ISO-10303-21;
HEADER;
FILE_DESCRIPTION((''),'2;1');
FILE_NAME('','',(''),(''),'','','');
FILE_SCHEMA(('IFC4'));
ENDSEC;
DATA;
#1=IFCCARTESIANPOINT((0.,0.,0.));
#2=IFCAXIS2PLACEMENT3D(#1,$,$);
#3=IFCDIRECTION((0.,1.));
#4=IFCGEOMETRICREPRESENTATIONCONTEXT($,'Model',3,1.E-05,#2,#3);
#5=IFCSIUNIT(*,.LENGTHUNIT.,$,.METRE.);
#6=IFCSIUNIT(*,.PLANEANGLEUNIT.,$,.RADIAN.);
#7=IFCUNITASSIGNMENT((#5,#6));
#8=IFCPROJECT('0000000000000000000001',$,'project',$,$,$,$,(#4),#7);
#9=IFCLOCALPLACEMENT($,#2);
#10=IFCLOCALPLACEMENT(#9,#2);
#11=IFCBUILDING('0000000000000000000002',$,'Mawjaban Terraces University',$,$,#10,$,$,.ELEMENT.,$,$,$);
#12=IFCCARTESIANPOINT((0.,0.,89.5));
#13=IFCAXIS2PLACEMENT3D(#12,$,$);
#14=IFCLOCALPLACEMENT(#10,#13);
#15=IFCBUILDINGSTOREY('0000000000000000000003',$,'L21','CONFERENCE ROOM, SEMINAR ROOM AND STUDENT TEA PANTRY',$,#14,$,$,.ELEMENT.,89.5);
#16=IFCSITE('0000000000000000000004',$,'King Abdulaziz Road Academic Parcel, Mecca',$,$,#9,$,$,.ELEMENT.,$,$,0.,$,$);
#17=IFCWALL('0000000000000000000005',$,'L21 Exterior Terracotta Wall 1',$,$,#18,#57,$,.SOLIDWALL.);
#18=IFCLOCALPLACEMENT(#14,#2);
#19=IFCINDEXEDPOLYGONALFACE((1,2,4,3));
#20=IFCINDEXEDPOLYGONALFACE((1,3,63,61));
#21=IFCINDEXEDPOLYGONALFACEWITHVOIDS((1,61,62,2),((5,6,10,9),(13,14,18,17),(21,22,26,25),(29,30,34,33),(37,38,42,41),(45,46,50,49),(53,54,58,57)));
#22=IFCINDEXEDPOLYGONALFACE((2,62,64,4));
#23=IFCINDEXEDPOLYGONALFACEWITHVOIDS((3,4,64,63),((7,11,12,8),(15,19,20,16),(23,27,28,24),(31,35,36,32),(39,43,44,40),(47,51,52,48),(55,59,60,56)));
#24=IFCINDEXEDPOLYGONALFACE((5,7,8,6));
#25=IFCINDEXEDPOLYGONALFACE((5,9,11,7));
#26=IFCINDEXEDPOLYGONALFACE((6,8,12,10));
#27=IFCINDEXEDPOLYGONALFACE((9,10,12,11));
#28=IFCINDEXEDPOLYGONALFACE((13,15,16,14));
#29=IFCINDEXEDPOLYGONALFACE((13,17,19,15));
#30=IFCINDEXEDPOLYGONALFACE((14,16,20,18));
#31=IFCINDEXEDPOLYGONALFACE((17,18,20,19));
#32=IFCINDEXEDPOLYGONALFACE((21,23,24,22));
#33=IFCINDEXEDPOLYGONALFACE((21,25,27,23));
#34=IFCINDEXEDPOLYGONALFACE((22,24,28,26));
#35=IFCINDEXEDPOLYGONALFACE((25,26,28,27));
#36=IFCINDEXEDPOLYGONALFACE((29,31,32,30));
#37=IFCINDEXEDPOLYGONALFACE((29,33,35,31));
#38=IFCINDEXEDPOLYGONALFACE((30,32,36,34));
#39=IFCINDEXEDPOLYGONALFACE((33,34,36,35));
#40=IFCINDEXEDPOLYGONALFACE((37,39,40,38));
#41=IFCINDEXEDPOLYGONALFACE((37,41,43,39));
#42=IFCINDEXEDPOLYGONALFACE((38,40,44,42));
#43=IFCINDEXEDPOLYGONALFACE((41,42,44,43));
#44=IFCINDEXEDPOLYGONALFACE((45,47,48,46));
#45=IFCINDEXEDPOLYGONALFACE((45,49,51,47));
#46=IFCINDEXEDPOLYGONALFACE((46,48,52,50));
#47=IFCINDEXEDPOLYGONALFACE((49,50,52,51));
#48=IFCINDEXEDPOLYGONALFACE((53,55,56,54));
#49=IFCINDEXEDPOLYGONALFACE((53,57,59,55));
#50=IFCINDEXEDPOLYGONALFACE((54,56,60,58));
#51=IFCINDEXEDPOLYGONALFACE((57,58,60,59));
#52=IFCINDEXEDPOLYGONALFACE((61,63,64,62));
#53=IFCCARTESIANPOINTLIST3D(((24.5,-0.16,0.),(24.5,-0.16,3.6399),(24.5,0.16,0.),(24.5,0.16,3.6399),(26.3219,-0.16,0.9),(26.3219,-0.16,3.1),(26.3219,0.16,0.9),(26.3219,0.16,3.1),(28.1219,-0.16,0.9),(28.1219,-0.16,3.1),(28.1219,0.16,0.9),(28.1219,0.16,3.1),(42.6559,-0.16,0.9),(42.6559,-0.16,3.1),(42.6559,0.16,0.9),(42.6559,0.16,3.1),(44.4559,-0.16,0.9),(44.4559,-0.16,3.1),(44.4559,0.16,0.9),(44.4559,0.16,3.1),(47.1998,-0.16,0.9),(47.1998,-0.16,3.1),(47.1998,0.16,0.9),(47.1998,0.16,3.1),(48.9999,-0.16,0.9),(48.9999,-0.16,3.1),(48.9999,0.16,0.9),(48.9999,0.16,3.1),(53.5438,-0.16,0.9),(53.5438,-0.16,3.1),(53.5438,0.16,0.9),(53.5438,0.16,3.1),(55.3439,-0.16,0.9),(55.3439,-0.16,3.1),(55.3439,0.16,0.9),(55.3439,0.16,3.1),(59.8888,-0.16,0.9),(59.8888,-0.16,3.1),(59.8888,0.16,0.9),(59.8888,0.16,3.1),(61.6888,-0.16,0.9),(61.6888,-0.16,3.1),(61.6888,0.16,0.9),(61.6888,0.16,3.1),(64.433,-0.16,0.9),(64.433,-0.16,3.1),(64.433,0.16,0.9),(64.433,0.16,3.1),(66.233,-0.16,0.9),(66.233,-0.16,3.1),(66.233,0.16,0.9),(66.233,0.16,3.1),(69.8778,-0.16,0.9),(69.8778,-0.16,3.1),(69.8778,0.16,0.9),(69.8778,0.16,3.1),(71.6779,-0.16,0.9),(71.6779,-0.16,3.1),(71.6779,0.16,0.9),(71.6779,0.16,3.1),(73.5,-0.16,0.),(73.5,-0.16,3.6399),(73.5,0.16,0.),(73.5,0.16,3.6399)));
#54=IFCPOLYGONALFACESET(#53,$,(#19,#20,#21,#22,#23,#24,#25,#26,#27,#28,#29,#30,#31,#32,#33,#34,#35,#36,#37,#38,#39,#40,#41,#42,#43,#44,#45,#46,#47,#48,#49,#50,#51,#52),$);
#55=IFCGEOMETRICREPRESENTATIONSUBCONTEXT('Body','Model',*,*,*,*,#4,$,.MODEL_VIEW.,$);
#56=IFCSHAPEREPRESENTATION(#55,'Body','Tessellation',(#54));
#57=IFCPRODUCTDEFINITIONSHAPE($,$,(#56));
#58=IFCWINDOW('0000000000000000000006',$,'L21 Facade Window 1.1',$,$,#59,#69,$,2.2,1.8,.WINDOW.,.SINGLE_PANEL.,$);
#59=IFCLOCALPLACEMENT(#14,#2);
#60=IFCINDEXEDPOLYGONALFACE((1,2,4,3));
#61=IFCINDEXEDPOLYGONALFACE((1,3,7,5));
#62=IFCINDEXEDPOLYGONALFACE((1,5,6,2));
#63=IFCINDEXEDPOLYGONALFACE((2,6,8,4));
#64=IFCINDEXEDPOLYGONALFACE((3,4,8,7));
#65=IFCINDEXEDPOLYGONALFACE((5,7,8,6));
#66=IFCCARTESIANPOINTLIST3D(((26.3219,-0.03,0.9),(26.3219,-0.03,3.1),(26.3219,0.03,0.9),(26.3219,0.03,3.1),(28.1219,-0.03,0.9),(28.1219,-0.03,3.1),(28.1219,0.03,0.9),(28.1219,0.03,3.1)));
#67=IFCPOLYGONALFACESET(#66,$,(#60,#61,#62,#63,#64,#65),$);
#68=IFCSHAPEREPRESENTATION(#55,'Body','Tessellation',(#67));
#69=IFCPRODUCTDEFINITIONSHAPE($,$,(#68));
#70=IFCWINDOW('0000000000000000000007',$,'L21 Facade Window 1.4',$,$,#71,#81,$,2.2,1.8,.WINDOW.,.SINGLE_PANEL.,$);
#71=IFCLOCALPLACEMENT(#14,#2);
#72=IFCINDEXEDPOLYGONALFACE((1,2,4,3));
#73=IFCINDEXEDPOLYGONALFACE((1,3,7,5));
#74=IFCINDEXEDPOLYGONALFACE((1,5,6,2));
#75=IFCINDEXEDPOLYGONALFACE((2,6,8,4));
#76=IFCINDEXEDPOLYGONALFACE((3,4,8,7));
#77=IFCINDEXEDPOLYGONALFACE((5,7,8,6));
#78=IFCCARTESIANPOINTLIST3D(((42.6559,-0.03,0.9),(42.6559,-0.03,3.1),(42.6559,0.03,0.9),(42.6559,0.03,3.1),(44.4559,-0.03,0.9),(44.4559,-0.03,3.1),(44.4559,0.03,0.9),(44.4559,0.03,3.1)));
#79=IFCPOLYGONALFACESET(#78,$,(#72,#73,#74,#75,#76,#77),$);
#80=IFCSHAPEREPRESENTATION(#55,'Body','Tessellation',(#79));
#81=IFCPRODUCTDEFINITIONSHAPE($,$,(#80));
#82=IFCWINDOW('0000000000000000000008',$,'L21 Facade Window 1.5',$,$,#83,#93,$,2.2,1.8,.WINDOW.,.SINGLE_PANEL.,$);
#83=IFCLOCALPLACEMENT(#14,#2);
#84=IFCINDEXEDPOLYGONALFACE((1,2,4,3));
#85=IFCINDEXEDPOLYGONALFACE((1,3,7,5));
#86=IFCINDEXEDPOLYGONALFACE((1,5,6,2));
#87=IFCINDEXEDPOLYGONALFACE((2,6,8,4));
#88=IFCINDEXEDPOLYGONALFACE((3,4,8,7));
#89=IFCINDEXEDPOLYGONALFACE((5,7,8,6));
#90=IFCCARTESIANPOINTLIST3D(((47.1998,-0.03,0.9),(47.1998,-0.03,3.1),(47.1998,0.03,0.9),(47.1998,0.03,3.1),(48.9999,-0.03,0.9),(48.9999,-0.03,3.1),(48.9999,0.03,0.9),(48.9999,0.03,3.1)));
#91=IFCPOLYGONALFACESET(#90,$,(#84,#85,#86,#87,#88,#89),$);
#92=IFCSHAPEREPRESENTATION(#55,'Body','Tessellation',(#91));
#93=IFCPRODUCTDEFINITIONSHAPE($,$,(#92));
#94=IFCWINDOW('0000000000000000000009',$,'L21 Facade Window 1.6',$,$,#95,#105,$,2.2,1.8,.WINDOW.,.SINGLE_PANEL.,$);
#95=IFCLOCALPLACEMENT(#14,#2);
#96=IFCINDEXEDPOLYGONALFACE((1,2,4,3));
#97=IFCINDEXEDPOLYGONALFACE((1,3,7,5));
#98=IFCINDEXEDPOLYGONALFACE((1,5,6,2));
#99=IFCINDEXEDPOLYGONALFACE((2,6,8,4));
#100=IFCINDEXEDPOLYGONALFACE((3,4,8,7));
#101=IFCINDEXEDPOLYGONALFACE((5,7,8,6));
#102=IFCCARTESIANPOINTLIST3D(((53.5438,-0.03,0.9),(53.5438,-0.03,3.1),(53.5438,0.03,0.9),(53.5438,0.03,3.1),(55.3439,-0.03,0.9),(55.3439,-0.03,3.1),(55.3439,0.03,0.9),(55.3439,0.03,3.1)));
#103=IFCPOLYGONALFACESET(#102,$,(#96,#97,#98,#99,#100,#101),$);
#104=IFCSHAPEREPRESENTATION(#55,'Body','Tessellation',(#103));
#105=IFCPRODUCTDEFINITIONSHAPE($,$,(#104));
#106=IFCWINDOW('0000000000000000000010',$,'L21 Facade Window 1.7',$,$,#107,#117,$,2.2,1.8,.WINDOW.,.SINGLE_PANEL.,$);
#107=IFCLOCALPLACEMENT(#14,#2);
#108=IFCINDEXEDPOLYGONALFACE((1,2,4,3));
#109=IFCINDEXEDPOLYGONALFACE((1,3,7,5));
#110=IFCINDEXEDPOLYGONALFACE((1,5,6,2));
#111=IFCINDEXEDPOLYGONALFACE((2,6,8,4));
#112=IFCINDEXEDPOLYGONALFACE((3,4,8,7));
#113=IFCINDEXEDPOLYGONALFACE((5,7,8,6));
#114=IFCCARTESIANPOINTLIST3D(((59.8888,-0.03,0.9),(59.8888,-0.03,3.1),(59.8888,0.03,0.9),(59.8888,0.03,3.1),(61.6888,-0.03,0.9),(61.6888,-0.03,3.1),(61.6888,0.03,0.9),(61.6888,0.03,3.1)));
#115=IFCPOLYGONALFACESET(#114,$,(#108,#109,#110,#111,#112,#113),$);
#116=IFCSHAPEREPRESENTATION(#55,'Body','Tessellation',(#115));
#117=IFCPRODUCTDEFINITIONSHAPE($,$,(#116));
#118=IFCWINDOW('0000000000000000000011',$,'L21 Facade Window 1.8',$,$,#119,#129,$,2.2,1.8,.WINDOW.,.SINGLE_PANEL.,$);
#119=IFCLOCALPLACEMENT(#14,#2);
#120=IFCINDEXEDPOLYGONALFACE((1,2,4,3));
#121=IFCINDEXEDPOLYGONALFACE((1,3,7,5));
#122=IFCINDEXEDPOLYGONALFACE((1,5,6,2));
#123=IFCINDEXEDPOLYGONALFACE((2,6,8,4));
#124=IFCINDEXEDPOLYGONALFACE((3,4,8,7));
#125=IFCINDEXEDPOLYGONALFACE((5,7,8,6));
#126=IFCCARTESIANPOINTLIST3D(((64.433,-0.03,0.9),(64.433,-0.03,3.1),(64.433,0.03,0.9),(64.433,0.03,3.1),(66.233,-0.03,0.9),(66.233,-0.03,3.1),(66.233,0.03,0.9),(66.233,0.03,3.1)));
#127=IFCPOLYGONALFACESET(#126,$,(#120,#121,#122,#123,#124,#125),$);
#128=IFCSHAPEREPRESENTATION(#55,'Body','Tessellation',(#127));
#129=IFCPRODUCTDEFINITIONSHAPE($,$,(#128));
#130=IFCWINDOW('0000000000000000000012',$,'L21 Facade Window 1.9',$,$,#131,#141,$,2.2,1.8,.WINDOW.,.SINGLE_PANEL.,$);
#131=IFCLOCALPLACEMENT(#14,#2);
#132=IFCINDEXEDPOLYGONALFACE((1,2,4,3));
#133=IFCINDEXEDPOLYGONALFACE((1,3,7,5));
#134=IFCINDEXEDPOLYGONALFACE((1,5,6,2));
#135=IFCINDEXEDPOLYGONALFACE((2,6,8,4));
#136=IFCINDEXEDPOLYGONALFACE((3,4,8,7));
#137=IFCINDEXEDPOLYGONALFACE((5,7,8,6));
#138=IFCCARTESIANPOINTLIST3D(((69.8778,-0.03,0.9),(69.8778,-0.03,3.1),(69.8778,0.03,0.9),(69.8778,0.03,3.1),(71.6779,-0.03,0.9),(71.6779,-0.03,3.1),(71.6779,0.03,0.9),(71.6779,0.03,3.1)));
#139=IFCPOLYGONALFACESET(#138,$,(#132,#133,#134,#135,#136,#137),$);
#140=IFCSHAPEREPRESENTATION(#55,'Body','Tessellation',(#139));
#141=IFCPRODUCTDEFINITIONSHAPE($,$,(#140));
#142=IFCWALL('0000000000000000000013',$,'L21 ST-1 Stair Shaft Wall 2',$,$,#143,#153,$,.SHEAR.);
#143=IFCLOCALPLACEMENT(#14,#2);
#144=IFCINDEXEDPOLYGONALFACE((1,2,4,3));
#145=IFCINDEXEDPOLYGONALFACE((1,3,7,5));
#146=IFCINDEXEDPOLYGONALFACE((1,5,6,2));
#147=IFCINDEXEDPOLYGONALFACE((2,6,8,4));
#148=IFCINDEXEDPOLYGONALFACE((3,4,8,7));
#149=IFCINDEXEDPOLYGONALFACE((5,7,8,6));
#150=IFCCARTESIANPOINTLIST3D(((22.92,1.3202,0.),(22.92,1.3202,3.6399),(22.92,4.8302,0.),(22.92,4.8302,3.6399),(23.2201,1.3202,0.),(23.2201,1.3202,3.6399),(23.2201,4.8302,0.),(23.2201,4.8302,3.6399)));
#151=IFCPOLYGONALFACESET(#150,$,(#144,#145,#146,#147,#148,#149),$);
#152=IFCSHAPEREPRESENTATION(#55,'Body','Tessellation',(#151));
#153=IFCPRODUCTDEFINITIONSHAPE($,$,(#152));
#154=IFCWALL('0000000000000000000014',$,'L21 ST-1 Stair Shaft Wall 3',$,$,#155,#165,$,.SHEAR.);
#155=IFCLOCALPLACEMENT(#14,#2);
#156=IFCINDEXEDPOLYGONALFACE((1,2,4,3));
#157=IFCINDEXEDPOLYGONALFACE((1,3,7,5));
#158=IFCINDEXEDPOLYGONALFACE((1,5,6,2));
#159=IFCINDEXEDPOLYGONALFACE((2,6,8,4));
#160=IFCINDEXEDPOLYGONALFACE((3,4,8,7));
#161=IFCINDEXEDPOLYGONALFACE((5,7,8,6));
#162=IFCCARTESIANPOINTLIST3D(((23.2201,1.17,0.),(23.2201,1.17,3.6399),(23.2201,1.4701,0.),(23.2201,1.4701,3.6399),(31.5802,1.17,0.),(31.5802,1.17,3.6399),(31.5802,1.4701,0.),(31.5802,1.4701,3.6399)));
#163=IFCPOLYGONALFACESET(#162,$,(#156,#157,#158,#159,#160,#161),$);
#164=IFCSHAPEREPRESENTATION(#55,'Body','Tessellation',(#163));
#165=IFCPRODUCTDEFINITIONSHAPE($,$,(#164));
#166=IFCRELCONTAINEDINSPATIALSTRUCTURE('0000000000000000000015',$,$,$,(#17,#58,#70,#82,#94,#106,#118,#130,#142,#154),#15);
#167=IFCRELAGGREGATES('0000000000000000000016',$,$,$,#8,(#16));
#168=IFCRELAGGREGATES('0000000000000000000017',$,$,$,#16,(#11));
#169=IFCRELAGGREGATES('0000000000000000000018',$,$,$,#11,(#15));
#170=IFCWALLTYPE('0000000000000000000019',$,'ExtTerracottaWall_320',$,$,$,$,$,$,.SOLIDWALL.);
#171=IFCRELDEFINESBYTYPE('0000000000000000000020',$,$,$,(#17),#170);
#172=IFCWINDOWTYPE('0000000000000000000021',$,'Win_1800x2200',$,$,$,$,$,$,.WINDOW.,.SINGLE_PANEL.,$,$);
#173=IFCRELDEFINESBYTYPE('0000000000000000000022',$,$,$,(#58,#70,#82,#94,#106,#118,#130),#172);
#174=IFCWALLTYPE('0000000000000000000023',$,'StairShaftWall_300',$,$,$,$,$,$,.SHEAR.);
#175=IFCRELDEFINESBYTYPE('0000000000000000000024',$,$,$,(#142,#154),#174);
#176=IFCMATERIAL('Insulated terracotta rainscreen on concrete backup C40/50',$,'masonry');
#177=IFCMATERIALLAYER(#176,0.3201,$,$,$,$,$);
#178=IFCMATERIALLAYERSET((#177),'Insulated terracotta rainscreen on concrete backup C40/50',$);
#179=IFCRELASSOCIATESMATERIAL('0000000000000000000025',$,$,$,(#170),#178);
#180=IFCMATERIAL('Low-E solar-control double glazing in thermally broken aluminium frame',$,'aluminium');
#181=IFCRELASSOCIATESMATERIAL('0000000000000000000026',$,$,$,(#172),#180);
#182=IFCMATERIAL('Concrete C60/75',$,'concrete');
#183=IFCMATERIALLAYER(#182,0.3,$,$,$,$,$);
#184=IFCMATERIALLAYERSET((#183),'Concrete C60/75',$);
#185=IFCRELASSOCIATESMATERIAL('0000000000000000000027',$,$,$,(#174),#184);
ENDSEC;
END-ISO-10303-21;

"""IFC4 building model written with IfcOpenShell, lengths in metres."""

from ifc_helpers import new_model, si_unit, direction, frame, frame_2d, origin, place, context, subcontext, project, spatial, rectangle, extrude, material, layer, layer_set, type_object, element, fill, save


model = new_model("IFC4")

# Units and contexts
model_context = context("Model", 3, precision=1e-05, world=origin(), true_north=direction((0.0, 1.0)))
body_context = subcontext(model_context, "Body", "Model", "MODEL_VIEW")
ifc_project = project(units=[si_unit("LENGTHUNIT", "METRE"), si_unit("PLANEANGLEUNIT", "RADIAN")], contexts=[model_context])

# Site, building, storey
site_placement = place(None, origin())
site = spatial("IfcSite", under=ifc_project, at=site_placement, Name="King Abdulaziz Road Academic Parcel, Mecca", CompositionType="ELEMENT", RefElevation=0.0)
building_placement = place(site_placement, origin())
building = spatial("IfcBuilding", under=site, at=building_placement, Name="Mawjaban Terraces University", CompositionType="ELEMENT")
storey_placement = place(building_placement, frame((0.0, 0.0, 89.5)))
storey = spatial("IfcBuildingStorey", under=building, at=storey_placement, Name="L21", Description="CONFERENCE ROOM, SEMINAR ROOM AND STUDENT TEA PANTRY", CompositionType="ELEMENT", Elevation=89.5)

# Wall, openings, windows
ifc_material_1 = material(Name="Insulated terracotta rainscreen on concrete backup C40/50", Category="masonry")
ifc_layer_1 = layer(ifc_material_1, 0.3201)
ifc_layer_set_1 = layer_set([ifc_layer_1], Name="Insulated terracotta rainscreen on concrete backup C40/50")
wall_type_1 = type_object("IfcWallType", Name="ExtTerracottaWall_320", PredefinedType="SOLIDWALL", material=ifc_layer_set_1)
wall_1_placement = place(storey_placement, frame((24.5, 0.0, 0.0), z_axis=(0.0, 0.0, 1.0), x_axis=(1.0, 0.0, 0.0)))
wall_1 = element("IfcWall", 1, at=wall_1_placement, inside=storey, type_object=wall_type_1, Name="L21 Exterior Terracotta Wall 1", PredefinedType="SOLIDWALL", context=body_context, shape_type="SweptSolid", body=[
    extrude(rectangle(XDim=49.0, YDim=0.3201, at=frame_2d((24.5, 0.0))), origin(), (0.0, 0.0, 1.0), 3.6399),
])
opening_1_placement = place(wall_1_placement, frame((1.822, 0.0, 0.8999)))
opening_1 = element("IfcOpeningElement", 2, at=opening_1_placement, cuts=wall_1, PredefinedType="OPENING", context=body_context, shape_type="SweptSolid", body=[
    extrude(rectangle(XDim=1.8, YDim=2.2, at=frame_2d((0.8999, 1.1001))), frame((0.0, 0.1699, 0.0), z_axis=(0.0, -1.0, 0.0), x_axis=(1.0, 0.0, 0.0)), (0.0, 0.0, 1.0), 0.3401),
])
opening_2_placement = place(wall_1_placement, frame((18.156, 0.0, 0.8999)))
opening_2 = element("IfcOpeningElement", 3, at=opening_2_placement, cuts=wall_1, PredefinedType="OPENING", context=body_context, shape_type="SweptSolid", body=[
    extrude(rectangle(XDim=1.8, YDim=2.2, at=frame_2d((0.8999, 1.1001))), frame((0.0, 0.1699, 0.0), z_axis=(0.0, -1.0, 0.0), x_axis=(1.0, 0.0, 0.0)), (0.0, 0.0, 1.0), 0.3401),
])
opening_3_placement = place(wall_1_placement, frame((22.7, 0.0, 0.8999)))
opening_3 = element("IfcOpeningElement", 4, at=opening_3_placement, cuts=wall_1, PredefinedType="OPENING", context=body_context, shape_type="SweptSolid", body=[
    extrude(rectangle(XDim=1.8, YDim=2.2, at=frame_2d((0.8999, 1.1001))), frame((0.0, 0.1699, 0.0), z_axis=(0.0, -1.0, 0.0), x_axis=(1.0, 0.0, 0.0)), (0.0, 0.0, 1.0), 0.3401),
])
opening_4_placement = place(wall_1_placement, frame((29.0439, 0.0, 0.8999)))
opening_4 = element("IfcOpeningElement", 5, at=opening_4_placement, cuts=wall_1, PredefinedType="OPENING", context=body_context, shape_type="SweptSolid", body=[
    extrude(rectangle(XDim=1.8, YDim=2.2, at=frame_2d((0.8999, 1.1001))), frame((0.0, 0.1699, 0.0), z_axis=(0.0, -1.0, 0.0), x_axis=(1.0, 0.0, 0.0)), (0.0, 0.0, 1.0), 0.3401),
])
opening_5_placement = place(wall_1_placement, frame((35.3889, 0.0, 0.8999)))
opening_5 = element("IfcOpeningElement", 6, at=opening_5_placement, cuts=wall_1, PredefinedType="OPENING", context=body_context, shape_type="SweptSolid", body=[
    extrude(rectangle(XDim=1.8, YDim=2.2, at=frame_2d((0.8999, 1.1001))), frame((0.0, 0.1699, 0.0), z_axis=(0.0, -1.0, 0.0), x_axis=(1.0, 0.0, 0.0)), (0.0, 0.0, 1.0), 0.3401),
])
opening_6_placement = place(wall_1_placement, frame((39.9331, 0.0, 0.8999)))
opening_6 = element("IfcOpeningElement", 7, at=opening_6_placement, cuts=wall_1, PredefinedType="OPENING", context=body_context, shape_type="SweptSolid", body=[
    extrude(rectangle(XDim=1.8, YDim=2.2, at=frame_2d((0.8999, 1.1001))), frame((0.0, 0.1699, 0.0), z_axis=(0.0, -1.0, 0.0), x_axis=(1.0, 0.0, 0.0)), (0.0, 0.0, 1.0), 0.3401),
])
opening_7_placement = place(wall_1_placement, frame((45.3779, 0.0, 0.8999)))
opening_7 = element("IfcOpeningElement", 8, at=opening_7_placement, cuts=wall_1, PredefinedType="OPENING", context=body_context, shape_type="SweptSolid", body=[
    extrude(rectangle(XDim=1.8, YDim=2.2, at=frame_2d((0.8999, 1.1001))), frame((0.0, 0.1699, 0.0), z_axis=(0.0, -1.0, 0.0), x_axis=(1.0, 0.0, 0.0)), (0.0, 0.0, 1.0), 0.3401),
])
ifc_material_2 = material(Name="Low-E solar-control double glazing in thermally broken aluminium frame", Category="aluminium")
window_type = type_object("IfcWindowType", Name="Win_1800x2200", PartitioningType="SINGLE_PANEL", PredefinedType="WINDOW", material=ifc_material_2)
window_1_placement = place(opening_1_placement, origin())
window_1 = element("IfcWindow", 9, at=window_1_placement, inside=storey, type_object=window_type, Name="L21 Facade Window 1.1", OverallHeight=2.2, OverallWidth=1.8, PartitioningType="SINGLE_PANEL", PredefinedType="WINDOW", context=body_context, shape_type="SweptSolid", body=[
    extrude(rectangle(XDim=1.8, YDim=2.2, at=frame_2d((0.8999, 1.1001))), frame((0.0, 0.03, 0.0), z_axis=(0.0, -1.0, 0.0), x_axis=(1.0, 0.0, 0.0)), (0.0, 0.0, 1.0), 0.0601),
])
fill(opening_1, window_1)
window_2_placement = place(opening_2_placement, origin())
window_2 = element("IfcWindow", 10, at=window_2_placement, inside=storey, type_object=window_type, Name="L21 Facade Window 1.4", OverallHeight=2.2, OverallWidth=1.8, PartitioningType="SINGLE_PANEL", PredefinedType="WINDOW", context=body_context, shape_type="SweptSolid", body=[
    extrude(rectangle(XDim=1.8, YDim=2.2, at=frame_2d((0.8999, 1.1001))), frame((0.0, 0.03, 0.0), z_axis=(0.0, -1.0, 0.0), x_axis=(1.0, 0.0, 0.0)), (0.0, 0.0, 1.0), 0.0601),
])
fill(opening_2, window_2)
window_3_placement = place(opening_3_placement, origin())
window_3 = element("IfcWindow", 11, at=window_3_placement, inside=storey, type_object=window_type, Name="L21 Facade Window 1.5", OverallHeight=2.2, OverallWidth=1.8, PartitioningType="SINGLE_PANEL", PredefinedType="WINDOW", context=body_context, shape_type="SweptSolid", body=[
    extrude(rectangle(XDim=1.8, YDim=2.2, at=frame_2d((0.8999, 1.1001))), frame((0.0, 0.03, 0.0), z_axis=(0.0, -1.0, 0.0), x_axis=(1.0, 0.0, 0.0)), (0.0, 0.0, 1.0), 0.0601),
])
fill(opening_3, window_3)
window_4_placement = place(opening_4_placement, origin())
window_4 = element("IfcWindow", 12, at=window_4_placement, inside=storey, type_object=window_type, Name="L21 Facade Window 1.6", OverallHeight=2.2, OverallWidth=1.8, PartitioningType="SINGLE_PANEL", PredefinedType="WINDOW", context=body_context, shape_type="SweptSolid", body=[
    extrude(rectangle(XDim=1.8, YDim=2.2, at=frame_2d((0.8999, 1.1001))), frame((0.0, 0.03, 0.0), z_axis=(0.0, -1.0, 0.0), x_axis=(1.0, 0.0, 0.0)), (0.0, 0.0, 1.0), 0.0601),
])
fill(opening_4, window_4)
window_5_placement = place(opening_5_placement, origin())
window_5 = element("IfcWindow", 13, at=window_5_placement, inside=storey, type_object=window_type, Name="L21 Facade Window 1.7", OverallHeight=2.2, OverallWidth=1.8, PartitioningType="SINGLE_PANEL", PredefinedType="WINDOW", context=body_context, shape_type="SweptSolid", body=[
    extrude(rectangle(XDim=1.8, YDim=2.2, at=frame_2d((0.8999, 1.1001))), frame((0.0, 0.03, 0.0), z_axis=(0.0, -1.0, 0.0), x_axis=(1.0, 0.0, 0.0)), (0.0, 0.0, 1.0), 0.0601),
])
fill(opening_5, window_5)
window_6_placement = place(opening_6_placement, origin())
window_6 = element("IfcWindow", 14, at=window_6_placement, inside=storey, type_object=window_type, Name="L21 Facade Window 1.8", OverallHeight=2.2, OverallWidth=1.8, PartitioningType="SINGLE_PANEL", PredefinedType="WINDOW", context=body_context, shape_type="SweptSolid", body=[
    extrude(rectangle(XDim=1.8, YDim=2.2, at=frame_2d((0.8999, 1.1001))), frame((0.0, 0.03, 0.0), z_axis=(0.0, -1.0, 0.0), x_axis=(1.0, 0.0, 0.0)), (0.0, 0.0, 1.0), 0.0601),
])
fill(opening_6, window_6)
window_7_placement = place(opening_7_placement, origin())
window_7 = element("IfcWindow", 15, at=window_7_placement, inside=storey, type_object=window_type, Name="L21 Facade Window 1.9", OverallHeight=2.2, OverallWidth=1.8, PartitioningType="SINGLE_PANEL", PredefinedType="WINDOW", context=body_context, shape_type="SweptSolid", body=[
    extrude(rectangle(XDim=1.8, YDim=2.2, at=frame_2d((0.8999, 1.1001))), frame((0.0, 0.03, 0.0), z_axis=(0.0, -1.0, 0.0), x_axis=(1.0, 0.0, 0.0)), (0.0, 0.0, 1.0), 0.0601),
])
fill(opening_7, window_7)

# Walls
ifc_material_3 = material(Name="Concrete C60/75", Category="concrete")
ifc_layer_2 = layer(ifc_material_3, 0.3)
ifc_layer_set_2 = layer_set([ifc_layer_2], Name="Concrete C60/75")
wall_type_2 = type_object("IfcWallType", Name="StairShaftWall_300", PredefinedType="SHEAR", material=ifc_layer_set_2)
wall_2_placement = place(storey_placement, frame((23.0701, 4.8301, 0.0), z_axis=(0.0, 0.0, 1.0), x_axis=(0.0, -1.0, 0.0)))
element("IfcWall", 16, at=wall_2_placement, inside=storey, type_object=wall_type_2, Name="L21 ST-1 Stair Shaft Wall 2", PredefinedType="SHEAR", context=body_context, shape_type="SweptSolid", body=[
    extrude(rectangle(XDim=3.51, YDim=0.3, at=frame_2d((1.7549, 0.0))), origin(), (0.0, 0.0, 1.0), 3.6399),
])
wall_3_placement = place(storey_placement, frame((23.22, 1.3201, 0.0), z_axis=(0.0, 0.0, 1.0), x_axis=(1.0, 0.0, 0.0)))
element("IfcWall", 17, at=wall_3_placement, inside=storey, type_object=wall_type_2, Name="L21 ST-1 Stair Shaft Wall 3", PredefinedType="SHEAR", context=body_context, shape_type="SweptSolid", body=[
    extrude(rectangle(XDim=8.3601, YDim=0.3, at=frame_2d((4.1802, 0.0))), origin(), (0.0, 0.0, 1.0), 3.6399),
])

save(model, "model.ifc")
